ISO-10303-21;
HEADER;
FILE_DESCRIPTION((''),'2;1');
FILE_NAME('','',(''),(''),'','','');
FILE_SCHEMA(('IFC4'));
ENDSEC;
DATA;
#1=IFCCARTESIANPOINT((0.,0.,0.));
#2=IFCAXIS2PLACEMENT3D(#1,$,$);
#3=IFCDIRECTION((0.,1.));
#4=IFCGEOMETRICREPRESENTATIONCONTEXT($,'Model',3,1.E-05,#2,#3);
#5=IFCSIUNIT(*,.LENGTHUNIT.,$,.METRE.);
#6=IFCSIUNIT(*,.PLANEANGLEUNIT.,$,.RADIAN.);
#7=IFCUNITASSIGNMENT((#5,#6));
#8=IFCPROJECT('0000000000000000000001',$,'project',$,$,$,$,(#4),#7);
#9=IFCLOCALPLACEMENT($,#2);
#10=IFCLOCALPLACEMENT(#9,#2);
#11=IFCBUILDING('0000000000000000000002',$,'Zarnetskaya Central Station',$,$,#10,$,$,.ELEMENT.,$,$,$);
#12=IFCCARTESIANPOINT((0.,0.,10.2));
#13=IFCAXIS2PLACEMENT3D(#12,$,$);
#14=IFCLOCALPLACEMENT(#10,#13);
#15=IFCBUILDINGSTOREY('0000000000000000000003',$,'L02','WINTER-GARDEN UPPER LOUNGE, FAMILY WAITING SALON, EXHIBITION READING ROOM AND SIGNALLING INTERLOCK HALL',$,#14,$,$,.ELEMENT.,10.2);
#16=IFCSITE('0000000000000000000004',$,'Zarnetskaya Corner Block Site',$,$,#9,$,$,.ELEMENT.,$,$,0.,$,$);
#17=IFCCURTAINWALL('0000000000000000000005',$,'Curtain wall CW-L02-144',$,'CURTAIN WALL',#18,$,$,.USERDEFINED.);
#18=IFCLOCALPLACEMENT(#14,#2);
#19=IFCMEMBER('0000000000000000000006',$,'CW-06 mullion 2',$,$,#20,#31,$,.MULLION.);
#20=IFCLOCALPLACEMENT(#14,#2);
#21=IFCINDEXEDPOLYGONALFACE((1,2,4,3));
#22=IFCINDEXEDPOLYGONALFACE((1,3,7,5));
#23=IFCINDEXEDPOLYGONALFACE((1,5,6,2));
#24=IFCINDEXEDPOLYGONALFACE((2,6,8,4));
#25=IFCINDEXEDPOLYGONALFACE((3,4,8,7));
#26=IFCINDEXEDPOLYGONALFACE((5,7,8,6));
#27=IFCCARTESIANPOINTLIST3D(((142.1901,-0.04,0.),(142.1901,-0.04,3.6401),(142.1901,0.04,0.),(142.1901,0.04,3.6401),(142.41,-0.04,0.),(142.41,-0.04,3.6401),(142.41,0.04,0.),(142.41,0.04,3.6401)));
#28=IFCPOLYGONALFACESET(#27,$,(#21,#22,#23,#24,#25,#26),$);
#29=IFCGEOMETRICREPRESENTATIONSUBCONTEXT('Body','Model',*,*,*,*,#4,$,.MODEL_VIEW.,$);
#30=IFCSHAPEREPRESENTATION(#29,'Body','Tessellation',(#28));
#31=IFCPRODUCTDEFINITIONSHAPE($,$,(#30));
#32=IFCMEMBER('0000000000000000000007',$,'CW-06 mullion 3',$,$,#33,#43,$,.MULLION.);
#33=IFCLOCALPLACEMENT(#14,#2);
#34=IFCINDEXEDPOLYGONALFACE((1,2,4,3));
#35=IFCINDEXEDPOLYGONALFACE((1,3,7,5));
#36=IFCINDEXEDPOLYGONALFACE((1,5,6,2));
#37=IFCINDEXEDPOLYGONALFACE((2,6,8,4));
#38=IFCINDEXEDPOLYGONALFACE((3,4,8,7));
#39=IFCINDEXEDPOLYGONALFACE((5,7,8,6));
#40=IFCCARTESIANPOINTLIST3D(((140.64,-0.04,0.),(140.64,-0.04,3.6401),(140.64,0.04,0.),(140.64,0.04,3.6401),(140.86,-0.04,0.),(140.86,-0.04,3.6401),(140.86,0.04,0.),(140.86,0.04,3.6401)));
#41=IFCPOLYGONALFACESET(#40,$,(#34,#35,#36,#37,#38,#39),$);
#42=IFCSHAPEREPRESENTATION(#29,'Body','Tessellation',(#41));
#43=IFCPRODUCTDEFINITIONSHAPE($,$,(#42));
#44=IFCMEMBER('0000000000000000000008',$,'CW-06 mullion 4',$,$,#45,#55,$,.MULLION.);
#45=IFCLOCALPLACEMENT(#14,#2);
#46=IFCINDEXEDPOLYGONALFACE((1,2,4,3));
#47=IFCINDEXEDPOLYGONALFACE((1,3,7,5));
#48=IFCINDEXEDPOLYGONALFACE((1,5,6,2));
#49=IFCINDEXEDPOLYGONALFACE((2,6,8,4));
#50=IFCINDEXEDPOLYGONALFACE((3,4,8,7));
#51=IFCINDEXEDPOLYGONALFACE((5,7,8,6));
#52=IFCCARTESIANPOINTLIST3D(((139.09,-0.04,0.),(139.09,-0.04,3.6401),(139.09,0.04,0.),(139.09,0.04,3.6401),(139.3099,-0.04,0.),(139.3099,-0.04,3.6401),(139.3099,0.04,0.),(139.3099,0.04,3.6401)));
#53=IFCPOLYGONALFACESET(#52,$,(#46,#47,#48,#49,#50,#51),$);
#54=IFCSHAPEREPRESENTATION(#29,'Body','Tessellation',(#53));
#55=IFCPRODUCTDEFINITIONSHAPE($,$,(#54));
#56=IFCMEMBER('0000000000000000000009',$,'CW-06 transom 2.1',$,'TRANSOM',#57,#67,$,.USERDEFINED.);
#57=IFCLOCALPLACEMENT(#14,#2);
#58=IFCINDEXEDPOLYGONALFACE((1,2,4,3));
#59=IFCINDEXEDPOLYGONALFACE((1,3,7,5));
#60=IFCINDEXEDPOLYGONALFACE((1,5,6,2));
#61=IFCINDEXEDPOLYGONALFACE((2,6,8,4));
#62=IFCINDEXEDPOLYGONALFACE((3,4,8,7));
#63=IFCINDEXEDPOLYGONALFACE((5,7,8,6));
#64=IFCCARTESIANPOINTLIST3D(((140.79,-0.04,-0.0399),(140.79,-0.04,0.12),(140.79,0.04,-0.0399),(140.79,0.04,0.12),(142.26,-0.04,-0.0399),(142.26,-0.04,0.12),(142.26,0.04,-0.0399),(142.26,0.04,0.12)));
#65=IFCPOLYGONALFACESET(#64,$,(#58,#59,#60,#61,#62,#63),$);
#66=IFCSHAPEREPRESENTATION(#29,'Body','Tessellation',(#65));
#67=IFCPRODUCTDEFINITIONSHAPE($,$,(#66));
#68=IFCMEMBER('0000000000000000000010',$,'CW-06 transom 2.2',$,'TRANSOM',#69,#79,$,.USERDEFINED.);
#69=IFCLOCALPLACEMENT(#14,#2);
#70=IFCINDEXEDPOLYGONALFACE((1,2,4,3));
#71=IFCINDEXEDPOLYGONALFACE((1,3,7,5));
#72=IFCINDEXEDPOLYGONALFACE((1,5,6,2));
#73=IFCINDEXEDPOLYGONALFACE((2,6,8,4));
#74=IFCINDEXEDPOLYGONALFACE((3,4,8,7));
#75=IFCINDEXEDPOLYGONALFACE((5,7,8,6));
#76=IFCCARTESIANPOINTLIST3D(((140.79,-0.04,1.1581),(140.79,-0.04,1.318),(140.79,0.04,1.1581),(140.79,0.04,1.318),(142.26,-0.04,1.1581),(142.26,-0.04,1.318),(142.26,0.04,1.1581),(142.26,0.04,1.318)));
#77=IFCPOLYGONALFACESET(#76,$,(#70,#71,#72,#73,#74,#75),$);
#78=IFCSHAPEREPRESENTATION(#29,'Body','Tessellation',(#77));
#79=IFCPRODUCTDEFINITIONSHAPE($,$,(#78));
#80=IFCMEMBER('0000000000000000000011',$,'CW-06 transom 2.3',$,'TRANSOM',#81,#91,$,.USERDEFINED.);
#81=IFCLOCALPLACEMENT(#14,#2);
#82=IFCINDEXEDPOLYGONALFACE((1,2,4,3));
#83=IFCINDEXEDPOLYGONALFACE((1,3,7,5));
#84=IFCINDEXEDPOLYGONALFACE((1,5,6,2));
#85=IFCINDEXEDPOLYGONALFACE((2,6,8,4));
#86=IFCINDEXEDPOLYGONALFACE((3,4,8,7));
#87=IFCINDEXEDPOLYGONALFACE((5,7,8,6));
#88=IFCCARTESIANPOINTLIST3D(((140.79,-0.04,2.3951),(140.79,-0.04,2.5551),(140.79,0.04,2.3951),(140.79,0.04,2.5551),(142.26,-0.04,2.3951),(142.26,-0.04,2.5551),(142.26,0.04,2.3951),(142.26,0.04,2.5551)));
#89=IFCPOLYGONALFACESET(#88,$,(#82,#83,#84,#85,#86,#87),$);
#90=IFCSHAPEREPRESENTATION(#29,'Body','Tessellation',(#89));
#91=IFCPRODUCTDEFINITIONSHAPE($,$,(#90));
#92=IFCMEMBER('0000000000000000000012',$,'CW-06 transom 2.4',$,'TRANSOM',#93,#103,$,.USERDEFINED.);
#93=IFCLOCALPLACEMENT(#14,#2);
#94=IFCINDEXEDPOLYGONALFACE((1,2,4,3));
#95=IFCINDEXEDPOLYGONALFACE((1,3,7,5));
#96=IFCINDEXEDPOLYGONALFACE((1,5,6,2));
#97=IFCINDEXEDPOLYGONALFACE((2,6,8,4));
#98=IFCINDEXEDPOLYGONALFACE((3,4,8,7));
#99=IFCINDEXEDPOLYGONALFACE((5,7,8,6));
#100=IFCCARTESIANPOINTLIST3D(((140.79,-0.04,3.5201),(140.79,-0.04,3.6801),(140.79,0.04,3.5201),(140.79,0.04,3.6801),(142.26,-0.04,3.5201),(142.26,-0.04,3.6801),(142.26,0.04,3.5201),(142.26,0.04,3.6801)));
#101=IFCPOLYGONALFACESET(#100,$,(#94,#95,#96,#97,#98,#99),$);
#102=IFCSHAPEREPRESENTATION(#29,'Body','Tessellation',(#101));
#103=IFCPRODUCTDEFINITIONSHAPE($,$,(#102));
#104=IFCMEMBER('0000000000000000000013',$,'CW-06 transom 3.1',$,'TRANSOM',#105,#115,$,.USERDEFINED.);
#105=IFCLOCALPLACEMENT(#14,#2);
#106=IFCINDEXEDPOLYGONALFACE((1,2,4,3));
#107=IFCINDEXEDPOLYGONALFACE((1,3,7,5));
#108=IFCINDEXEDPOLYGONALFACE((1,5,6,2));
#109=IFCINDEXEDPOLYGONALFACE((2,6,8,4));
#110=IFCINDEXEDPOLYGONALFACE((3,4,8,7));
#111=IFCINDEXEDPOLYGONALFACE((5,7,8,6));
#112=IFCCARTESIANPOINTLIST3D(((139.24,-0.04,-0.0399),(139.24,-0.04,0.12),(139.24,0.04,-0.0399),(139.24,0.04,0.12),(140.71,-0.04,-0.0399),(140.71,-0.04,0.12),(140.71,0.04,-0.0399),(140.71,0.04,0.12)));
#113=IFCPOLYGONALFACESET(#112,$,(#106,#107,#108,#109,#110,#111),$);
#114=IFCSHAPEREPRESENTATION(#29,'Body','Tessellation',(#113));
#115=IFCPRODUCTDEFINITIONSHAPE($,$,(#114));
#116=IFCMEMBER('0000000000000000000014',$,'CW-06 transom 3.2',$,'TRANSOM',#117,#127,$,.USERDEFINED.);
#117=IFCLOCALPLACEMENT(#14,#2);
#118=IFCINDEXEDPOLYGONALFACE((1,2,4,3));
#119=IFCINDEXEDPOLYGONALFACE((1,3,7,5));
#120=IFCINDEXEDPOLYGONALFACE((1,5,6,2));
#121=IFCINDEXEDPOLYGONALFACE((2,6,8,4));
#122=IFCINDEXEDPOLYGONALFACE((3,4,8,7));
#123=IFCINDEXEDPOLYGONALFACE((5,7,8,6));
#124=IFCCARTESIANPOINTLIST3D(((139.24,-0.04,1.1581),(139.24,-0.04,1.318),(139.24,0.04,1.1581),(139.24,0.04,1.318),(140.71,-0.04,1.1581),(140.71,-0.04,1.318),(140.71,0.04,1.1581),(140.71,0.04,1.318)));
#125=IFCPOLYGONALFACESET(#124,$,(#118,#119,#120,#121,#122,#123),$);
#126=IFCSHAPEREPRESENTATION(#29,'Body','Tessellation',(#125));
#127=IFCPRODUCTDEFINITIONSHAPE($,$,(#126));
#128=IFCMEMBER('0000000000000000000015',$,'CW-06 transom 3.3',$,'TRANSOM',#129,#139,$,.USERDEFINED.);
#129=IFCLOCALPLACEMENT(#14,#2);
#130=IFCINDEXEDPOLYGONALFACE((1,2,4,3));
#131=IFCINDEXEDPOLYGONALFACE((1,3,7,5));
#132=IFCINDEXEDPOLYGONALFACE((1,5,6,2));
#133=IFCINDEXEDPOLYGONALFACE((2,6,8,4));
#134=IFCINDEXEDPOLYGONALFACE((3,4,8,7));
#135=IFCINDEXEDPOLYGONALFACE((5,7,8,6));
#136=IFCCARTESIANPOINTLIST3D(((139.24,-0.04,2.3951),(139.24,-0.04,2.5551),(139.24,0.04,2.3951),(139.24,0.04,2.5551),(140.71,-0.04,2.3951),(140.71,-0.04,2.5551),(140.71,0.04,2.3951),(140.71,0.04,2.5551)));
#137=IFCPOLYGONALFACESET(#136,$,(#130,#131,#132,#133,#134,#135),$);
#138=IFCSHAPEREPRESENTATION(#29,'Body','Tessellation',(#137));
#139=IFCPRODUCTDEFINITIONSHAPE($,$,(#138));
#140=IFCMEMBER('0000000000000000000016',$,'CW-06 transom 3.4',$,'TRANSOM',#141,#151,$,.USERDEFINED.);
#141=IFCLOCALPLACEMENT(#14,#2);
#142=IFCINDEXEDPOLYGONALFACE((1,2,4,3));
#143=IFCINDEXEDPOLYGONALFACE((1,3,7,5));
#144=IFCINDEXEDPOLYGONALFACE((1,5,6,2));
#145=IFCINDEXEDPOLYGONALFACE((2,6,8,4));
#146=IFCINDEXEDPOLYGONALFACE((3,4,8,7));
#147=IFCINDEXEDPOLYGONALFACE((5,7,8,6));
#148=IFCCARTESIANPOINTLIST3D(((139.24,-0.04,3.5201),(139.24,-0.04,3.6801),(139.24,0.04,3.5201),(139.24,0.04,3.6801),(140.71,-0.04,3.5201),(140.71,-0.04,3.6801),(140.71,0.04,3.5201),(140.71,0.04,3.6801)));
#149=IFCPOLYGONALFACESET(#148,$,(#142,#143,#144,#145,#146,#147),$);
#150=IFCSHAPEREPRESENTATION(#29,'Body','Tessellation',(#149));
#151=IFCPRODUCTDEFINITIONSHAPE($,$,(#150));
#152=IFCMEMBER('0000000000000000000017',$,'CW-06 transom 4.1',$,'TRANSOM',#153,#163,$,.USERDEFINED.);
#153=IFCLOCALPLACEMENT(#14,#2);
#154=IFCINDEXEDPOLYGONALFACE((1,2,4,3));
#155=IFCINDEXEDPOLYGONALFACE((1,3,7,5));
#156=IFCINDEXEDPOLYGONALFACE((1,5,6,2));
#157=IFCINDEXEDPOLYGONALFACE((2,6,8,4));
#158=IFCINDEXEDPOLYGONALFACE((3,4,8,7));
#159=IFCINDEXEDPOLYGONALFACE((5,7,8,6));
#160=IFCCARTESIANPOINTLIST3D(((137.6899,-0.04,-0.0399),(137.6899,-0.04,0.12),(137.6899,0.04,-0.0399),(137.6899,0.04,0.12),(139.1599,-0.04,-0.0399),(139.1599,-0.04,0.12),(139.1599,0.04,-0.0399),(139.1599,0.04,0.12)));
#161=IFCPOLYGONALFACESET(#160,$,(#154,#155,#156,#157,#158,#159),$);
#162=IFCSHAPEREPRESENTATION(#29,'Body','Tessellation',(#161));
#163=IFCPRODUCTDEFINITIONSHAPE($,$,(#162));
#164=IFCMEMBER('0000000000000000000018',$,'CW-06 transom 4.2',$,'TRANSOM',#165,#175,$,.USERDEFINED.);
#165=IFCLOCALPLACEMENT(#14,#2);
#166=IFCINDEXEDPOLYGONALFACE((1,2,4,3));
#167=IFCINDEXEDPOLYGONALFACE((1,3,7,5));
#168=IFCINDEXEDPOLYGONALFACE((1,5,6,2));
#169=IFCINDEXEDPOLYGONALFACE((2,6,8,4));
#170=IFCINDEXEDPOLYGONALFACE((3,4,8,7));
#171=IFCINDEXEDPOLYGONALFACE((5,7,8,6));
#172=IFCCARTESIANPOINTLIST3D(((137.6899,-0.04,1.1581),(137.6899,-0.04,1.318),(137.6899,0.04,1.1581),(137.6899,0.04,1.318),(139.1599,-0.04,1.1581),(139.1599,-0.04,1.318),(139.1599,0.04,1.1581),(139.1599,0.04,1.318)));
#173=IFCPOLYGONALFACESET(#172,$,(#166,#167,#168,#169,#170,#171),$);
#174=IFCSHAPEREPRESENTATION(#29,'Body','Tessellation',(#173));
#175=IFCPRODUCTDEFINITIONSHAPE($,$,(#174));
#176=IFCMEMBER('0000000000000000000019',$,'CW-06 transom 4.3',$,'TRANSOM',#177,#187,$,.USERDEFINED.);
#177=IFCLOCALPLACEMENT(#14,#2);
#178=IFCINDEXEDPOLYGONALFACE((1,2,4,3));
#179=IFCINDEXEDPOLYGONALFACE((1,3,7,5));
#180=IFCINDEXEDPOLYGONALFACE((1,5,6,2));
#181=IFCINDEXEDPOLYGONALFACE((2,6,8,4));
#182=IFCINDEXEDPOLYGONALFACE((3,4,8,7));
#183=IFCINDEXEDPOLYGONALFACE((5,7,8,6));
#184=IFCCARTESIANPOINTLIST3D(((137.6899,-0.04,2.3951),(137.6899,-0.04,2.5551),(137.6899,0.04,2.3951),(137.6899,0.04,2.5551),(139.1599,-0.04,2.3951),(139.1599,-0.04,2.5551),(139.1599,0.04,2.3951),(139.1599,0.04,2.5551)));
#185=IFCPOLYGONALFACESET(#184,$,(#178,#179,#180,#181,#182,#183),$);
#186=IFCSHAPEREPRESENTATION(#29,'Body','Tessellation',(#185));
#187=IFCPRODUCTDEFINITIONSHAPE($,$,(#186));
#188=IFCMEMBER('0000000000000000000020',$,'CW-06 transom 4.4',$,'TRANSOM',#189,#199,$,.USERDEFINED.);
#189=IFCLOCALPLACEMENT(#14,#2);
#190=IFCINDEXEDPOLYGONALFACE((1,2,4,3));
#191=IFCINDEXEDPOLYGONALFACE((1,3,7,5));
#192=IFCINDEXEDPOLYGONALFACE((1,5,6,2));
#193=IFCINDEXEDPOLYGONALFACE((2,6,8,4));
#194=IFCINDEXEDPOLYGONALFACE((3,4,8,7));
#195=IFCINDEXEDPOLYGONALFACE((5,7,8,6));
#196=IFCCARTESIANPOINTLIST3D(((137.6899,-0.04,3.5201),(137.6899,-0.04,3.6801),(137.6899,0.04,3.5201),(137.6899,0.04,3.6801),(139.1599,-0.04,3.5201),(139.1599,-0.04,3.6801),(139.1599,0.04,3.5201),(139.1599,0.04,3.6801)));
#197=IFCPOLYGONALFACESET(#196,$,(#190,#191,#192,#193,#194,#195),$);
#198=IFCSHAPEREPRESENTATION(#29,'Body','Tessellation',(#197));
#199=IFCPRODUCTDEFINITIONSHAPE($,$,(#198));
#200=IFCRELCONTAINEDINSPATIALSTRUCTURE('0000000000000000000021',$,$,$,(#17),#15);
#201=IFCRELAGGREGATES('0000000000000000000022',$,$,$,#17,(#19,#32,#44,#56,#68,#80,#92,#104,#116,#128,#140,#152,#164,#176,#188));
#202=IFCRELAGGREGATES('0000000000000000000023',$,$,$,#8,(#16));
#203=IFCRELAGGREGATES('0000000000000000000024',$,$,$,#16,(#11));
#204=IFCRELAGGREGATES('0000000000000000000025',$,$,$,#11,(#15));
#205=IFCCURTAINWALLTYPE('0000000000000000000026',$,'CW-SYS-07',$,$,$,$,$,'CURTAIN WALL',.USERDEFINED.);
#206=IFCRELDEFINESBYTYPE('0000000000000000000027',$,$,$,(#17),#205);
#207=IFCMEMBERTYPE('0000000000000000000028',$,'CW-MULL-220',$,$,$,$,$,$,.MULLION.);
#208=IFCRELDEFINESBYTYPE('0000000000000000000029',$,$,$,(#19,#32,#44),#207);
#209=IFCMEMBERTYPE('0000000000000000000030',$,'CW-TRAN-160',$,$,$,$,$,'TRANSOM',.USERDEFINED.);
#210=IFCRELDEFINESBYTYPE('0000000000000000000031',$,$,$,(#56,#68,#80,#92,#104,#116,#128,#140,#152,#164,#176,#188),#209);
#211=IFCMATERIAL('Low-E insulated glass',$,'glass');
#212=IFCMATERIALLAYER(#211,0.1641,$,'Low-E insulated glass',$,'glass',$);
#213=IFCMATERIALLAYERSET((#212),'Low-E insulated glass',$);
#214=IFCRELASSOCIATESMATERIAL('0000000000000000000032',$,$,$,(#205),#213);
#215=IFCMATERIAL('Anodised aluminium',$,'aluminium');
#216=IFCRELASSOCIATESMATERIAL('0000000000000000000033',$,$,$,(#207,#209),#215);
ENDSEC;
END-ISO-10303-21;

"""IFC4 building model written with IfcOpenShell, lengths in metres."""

from ifc_helpers import new_model, si_unit, direction, frame, origin, origin_2d, place, context, subcontext, project, spatial, rectangle, extrude, material, layer, layer_set, material_profile, profile_set, type_object, element, aggregate, save


model = new_model("IFC4")

# Units and contexts
model_context = context("Model", 3, precision=1e-05, world=origin(), true_north=direction((0.0, 1.0)))
body_context = subcontext(model_context, "Body", "Model", "MODEL_VIEW")
ifc_project = project(units=[si_unit("LENGTHUNIT", "METRE"), si_unit("PLANEANGLEUNIT", "RADIAN")], contexts=[model_context])

# Site, building, storey
site_placement = place(None, origin())
site = spatial("IfcSite", under=ifc_project, at=site_placement, Name="Zarnetskaya Corner Block Site", CompositionType="ELEMENT", RefElevation=0.0)
building_placement = place(site_placement, origin())
building = spatial("IfcBuilding", under=site, at=building_placement, Name="Zarnetskaya Central Station", CompositionType="ELEMENT")
storey_placement = place(building_placement, frame((0.0, 0.0, 10.2)))
storey = spatial("IfcBuildingStorey", under=building, at=storey_placement, Name="L02", Description="WINTER-GARDEN UPPER LOUNGE, FAMILY WAITING SALON, EXHIBITION READING ROOM AND SIGNALLING INTERLOCK HALL", CompositionType="ELEMENT", Elevation=10.2)

# Curtain wall, members
ifc_material_1 = material(Name="Low-E insulated glass", Category="glass")
ifc_layer_1 = layer(ifc_material_1, 0.1641, Name="Low-E insulated glass", Category="glass")
ifc_layer_set_1 = layer_set([ifc_layer_1], Name="Low-E insulated glass")
curtain_wall_type = type_object("IfcCurtainWallType", Name="CW-SYS-07", ElementType="CURTAIN WALL", PredefinedType="USERDEFINED", material=ifc_layer_set_1)
curtain_wall_placement = place(storey_placement, origin())
curtain_wall = element("IfcCurtainWall", 1, at=curtain_wall_placement, inside=storey, type_object=curtain_wall_type, Name="Curtain wall CW-L02-144", ObjectType="CURTAIN WALL", PredefinedType="USERDEFINED")
ifc_material_2 = material(Name="Anodised aluminium", Category="aluminium")
ifc_material_profile_1 = material_profile(ifc_material_2, rectangle(XDim=0.0801, YDim=0.22, at=origin_2d()), Name="ALU MULL 80x220")
ifc_profile_set_1 = profile_set([ifc_material_profile_1], Name="Anodised aluminium")
member_type_1 = type_object("IfcMemberType", Name="CW-MULL-220", PredefinedType="MULLION", material=ifc_profile_set_1)
member_1_placement = place(storey_placement, frame((142.3, 0.0, 0.0), z_axis=(0.0, 0.0, 1.0), x_axis=(0.0, -1.0, 0.0)))
member_1 = element("IfcMember", 2, at=member_1_placement, type_object=member_type_1, Name="CW-06 mullion 2", PredefinedType="MULLION", context=body_context, shape_type="SweptSolid", body=[
    extrude(rectangle(XDim=0.0801, YDim=0.22, at=origin_2d()), origin(), (0.0, 0.0, 1.0), 3.6401),
])
member_2_placement = place(storey_placement, frame((140.75, 0.0, 0.0), z_axis=(0.0, 0.0, 1.0), x_axis=(0.0, -1.0, 0.0)))
member_2 = element("IfcMember", 3, at=member_2_placement, type_object=member_type_1, Name="CW-06 mullion 3", PredefinedType="MULLION", context=body_context, shape_type="SweptSolid", body=[
    extrude(rectangle(XDim=0.0801, YDim=0.22, at=origin_2d()), origin(), (0.0, 0.0, 1.0), 3.6401),
])
member_3_placement = place(storey_placement, frame((139.2, 0.0, 0.0), z_axis=(0.0, 0.0, 1.0), x_axis=(0.0, -1.0, 0.0)))
member_3 = element("IfcMember", 4, at=member_3_placement, type_object=member_type_1, Name="CW-06 mullion 4", PredefinedType="MULLION", context=body_context, shape_type="SweptSolid", body=[
    extrude(rectangle(XDim=0.0801, YDim=0.22, at=origin_2d()), origin(), (0.0, 0.0, 1.0), 3.6401),
])
ifc_material_profile_2 = material_profile(ifc_material_2, rectangle(XDim=0.0801, YDim=0.1599, at=origin_2d()), Name="ALU TRAN 80x160")
ifc_profile_set_2 = profile_set([ifc_material_profile_2], Name="Anodised aluminium")
member_type_2 = type_object("IfcMemberType", Name="CW-TRAN-160", ElementType="TRANSOM", PredefinedType="USERDEFINED", material=ifc_profile_set_2)
member_4_placement = place(storey_placement, frame((142.26, 0.0, 0.04), z_axis=(-1.0, 0.0, 0.0), x_axis=(0.0, -1.0, 0.0)))
member_4 = element("IfcMember", 5, at=member_4_placement, type_object=member_type_2, Name="CW-06 transom 2.1", ObjectType="TRANSOM", PredefinedType="USERDEFINED", context=body_context, shape_type="SweptSolid", body=[
    extrude(rectangle(XDim=0.0801, YDim=0.1599, at=origin_2d()), origin(), (0.0, 0.0, 1.0), 1.47),
])
member_5_placement = place(storey_placement, frame((142.26, 0.0, 1.238), z_axis=(-1.0, 0.0, 0.0), x_axis=(0.0, -1.0, 0.0)))
member_5 = element("IfcMember", 6, at=member_5_placement, type_object=member_type_2, Name="CW-06 transom 2.2", ObjectType="TRANSOM", PredefinedType="USERDEFINED", context=body_context, shape_type="SweptSolid", body=[
    extrude(rectangle(XDim=0.0801, YDim=0.1599, at=origin_2d()), origin(), (0.0, 0.0, 1.0), 1.47),
])
member_6_placement = place(storey_placement, frame((142.26, 0.0, 2.4751), z_axis=(-1.0, 0.0, 0.0), x_axis=(0.0, -1.0, 0.0)))
member_6 = element("IfcMember", 7, at=member_6_placement, type_object=member_type_2, Name="CW-06 transom 2.3", ObjectType="TRANSOM", PredefinedType="USERDEFINED", context=body_context, shape_type="SweptSolid", body=[
    extrude(rectangle(XDim=0.0801, YDim=0.1599, at=origin_2d()), origin(), (0.0, 0.0, 1.0), 1.47),
])
member_7_placement = place(storey_placement, frame((142.26, 0.0, 3.6001), z_axis=(-1.0, 0.0, 0.0), x_axis=(0.0, -1.0, 0.0)))
member_7 = element("IfcMember", 8, at=member_7_placement, type_object=member_type_2, Name="CW-06 transom 2.4", ObjectType="TRANSOM", PredefinedType="USERDEFINED", context=body_context, shape_type="SweptSolid", body=[
    extrude(rectangle(XDim=0.0801, YDim=0.1599, at=origin_2d()), origin(), (0.0, 0.0, 1.0), 1.47),
])
member_8_placement = place(storey_placement, frame((140.71, 0.0, 0.04), z_axis=(-1.0, 0.0, 0.0), x_axis=(0.0, -1.0, 0.0)))
member_8 = element("IfcMember", 9, at=member_8_placement, type_object=member_type_2, Name="CW-06 transom 3.1", ObjectType="TRANSOM", PredefinedType="USERDEFINED", context=body_context, shape_type="SweptSolid", body=[
    extrude(rectangle(XDim=0.0801, YDim=0.1599, at=origin_2d()), origin(), (0.0, 0.0, 1.0), 1.47),
])
member_9_placement = place(storey_placement, frame((140.71, 0.0, 1.238), z_axis=(-1.0, 0.0, 0.0), x_axis=(0.0, -1.0, 0.0)))
member_9 = element("IfcMember", 10, at=member_9_placement, type_object=member_type_2, Name="CW-06 transom 3.2", ObjectType="TRANSOM", PredefinedType="USERDEFINED", context=body_context, shape_type="SweptSolid", body=[
    extrude(rectangle(XDim=0.0801, YDim=0.1599, at=origin_2d()), origin(), (0.0, 0.0, 1.0), 1.47),
])
member_10_placement = place(storey_placement, frame((140.71, 0.0, 2.4751), z_axis=(-1.0, 0.0, 0.0), x_axis=(0.0, -1.0, 0.0)))
member_10 = element("IfcMember", 11, at=member_10_placement, type_object=member_type_2, Name="CW-06 transom 3.3", ObjectType="TRANSOM", PredefinedType="USERDEFINED", context=body_context, shape_type="SweptSolid", body=[
    extrude(rectangle(XDim=0.0801, YDim=0.1599, at=origin_2d()), origin(), (0.0, 0.0, 1.0), 1.47),
])
member_11_placement = place(storey_placement, frame((140.71, 0.0, 3.6001), z_axis=(-1.0, 0.0, 0.0), x_axis=(0.0, -1.0, 0.0)))
member_11 = element("IfcMember", 12, at=member_11_placement, type_object=member_type_2, Name="CW-06 transom 3.4", ObjectType="TRANSOM", PredefinedType="USERDEFINED", context=body_context, shape_type="SweptSolid", body=[
    extrude(rectangle(XDim=0.0801, YDim=0.1599, at=origin_2d()), origin(), (0.0, 0.0, 1.0), 1.47),
])
member_12_placement = place(storey_placement, frame((139.1599, 0.0, 0.04), z_axis=(-1.0, 0.0, 0.0), x_axis=(0.0, -1.0, 0.0)))
member_12 = element("IfcMember", 13, at=member_12_placement, type_object=member_type_2, Name="CW-06 transom 4.1", ObjectType="TRANSOM", PredefinedType="USERDEFINED", context=body_context, shape_type="SweptSolid", body=[
    extrude(rectangle(XDim=0.0801, YDim=0.1599, at=origin_2d()), origin(), (0.0, 0.0, 1.0), 1.47),
])
member_13_placement = place(storey_placement, frame((139.1599, 0.0, 1.238), z_axis=(-1.0, 0.0, 0.0), x_axis=(0.0, -1.0, 0.0)))
member_13 = element("IfcMember", 14, at=member_13_placement, type_object=member_type_2, Name="CW-06 transom 4.2", ObjectType="TRANSOM", PredefinedType="USERDEFINED", context=body_context, shape_type="SweptSolid", body=[
    extrude(rectangle(XDim=0.0801, YDim=0.1599, at=origin_2d()), origin(), (0.0, 0.0, 1.0), 1.47),
])
member_14_placement = place(storey_placement, frame((139.1599, 0.0, 2.4751), z_axis=(-1.0, 0.0, 0.0), x_axis=(0.0, -1.0, 0.0)))
member_14 = element("IfcMember", 15, at=member_14_placement, type_object=member_type_2, Name="CW-06 transom 4.3", ObjectType="TRANSOM", PredefinedType="USERDEFINED", context=body_context, shape_type="SweptSolid", body=[
    extrude(rectangle(XDim=0.0801, YDim=0.1599, at=origin_2d()), origin(), (0.0, 0.0, 1.0), 1.47),
])
member_15_placement = place(storey_placement, frame((139.1599, 0.0, 3.6001), z_axis=(-1.0, 0.0, 0.0), x_axis=(0.0, -1.0, 0.0)))
member_15 = element("IfcMember", 16, at=member_15_placement, type_object=member_type_2, Name="CW-06 transom 4.4", ObjectType="TRANSOM", PredefinedType="USERDEFINED", context=body_context, shape_type="SweptSolid", body=[
    extrude(rectangle(XDim=0.0801, YDim=0.1599, at=origin_2d()), origin(), (0.0, 0.0, 1.0), 1.47),
])
aggregate(curtain_wall, [member_1, member_2, member_3, member_4, member_5, member_6, member_7, member_8, member_9, member_10, member_11, member_12, member_13, member_14, member_15])

save(model, "model.ifc")
